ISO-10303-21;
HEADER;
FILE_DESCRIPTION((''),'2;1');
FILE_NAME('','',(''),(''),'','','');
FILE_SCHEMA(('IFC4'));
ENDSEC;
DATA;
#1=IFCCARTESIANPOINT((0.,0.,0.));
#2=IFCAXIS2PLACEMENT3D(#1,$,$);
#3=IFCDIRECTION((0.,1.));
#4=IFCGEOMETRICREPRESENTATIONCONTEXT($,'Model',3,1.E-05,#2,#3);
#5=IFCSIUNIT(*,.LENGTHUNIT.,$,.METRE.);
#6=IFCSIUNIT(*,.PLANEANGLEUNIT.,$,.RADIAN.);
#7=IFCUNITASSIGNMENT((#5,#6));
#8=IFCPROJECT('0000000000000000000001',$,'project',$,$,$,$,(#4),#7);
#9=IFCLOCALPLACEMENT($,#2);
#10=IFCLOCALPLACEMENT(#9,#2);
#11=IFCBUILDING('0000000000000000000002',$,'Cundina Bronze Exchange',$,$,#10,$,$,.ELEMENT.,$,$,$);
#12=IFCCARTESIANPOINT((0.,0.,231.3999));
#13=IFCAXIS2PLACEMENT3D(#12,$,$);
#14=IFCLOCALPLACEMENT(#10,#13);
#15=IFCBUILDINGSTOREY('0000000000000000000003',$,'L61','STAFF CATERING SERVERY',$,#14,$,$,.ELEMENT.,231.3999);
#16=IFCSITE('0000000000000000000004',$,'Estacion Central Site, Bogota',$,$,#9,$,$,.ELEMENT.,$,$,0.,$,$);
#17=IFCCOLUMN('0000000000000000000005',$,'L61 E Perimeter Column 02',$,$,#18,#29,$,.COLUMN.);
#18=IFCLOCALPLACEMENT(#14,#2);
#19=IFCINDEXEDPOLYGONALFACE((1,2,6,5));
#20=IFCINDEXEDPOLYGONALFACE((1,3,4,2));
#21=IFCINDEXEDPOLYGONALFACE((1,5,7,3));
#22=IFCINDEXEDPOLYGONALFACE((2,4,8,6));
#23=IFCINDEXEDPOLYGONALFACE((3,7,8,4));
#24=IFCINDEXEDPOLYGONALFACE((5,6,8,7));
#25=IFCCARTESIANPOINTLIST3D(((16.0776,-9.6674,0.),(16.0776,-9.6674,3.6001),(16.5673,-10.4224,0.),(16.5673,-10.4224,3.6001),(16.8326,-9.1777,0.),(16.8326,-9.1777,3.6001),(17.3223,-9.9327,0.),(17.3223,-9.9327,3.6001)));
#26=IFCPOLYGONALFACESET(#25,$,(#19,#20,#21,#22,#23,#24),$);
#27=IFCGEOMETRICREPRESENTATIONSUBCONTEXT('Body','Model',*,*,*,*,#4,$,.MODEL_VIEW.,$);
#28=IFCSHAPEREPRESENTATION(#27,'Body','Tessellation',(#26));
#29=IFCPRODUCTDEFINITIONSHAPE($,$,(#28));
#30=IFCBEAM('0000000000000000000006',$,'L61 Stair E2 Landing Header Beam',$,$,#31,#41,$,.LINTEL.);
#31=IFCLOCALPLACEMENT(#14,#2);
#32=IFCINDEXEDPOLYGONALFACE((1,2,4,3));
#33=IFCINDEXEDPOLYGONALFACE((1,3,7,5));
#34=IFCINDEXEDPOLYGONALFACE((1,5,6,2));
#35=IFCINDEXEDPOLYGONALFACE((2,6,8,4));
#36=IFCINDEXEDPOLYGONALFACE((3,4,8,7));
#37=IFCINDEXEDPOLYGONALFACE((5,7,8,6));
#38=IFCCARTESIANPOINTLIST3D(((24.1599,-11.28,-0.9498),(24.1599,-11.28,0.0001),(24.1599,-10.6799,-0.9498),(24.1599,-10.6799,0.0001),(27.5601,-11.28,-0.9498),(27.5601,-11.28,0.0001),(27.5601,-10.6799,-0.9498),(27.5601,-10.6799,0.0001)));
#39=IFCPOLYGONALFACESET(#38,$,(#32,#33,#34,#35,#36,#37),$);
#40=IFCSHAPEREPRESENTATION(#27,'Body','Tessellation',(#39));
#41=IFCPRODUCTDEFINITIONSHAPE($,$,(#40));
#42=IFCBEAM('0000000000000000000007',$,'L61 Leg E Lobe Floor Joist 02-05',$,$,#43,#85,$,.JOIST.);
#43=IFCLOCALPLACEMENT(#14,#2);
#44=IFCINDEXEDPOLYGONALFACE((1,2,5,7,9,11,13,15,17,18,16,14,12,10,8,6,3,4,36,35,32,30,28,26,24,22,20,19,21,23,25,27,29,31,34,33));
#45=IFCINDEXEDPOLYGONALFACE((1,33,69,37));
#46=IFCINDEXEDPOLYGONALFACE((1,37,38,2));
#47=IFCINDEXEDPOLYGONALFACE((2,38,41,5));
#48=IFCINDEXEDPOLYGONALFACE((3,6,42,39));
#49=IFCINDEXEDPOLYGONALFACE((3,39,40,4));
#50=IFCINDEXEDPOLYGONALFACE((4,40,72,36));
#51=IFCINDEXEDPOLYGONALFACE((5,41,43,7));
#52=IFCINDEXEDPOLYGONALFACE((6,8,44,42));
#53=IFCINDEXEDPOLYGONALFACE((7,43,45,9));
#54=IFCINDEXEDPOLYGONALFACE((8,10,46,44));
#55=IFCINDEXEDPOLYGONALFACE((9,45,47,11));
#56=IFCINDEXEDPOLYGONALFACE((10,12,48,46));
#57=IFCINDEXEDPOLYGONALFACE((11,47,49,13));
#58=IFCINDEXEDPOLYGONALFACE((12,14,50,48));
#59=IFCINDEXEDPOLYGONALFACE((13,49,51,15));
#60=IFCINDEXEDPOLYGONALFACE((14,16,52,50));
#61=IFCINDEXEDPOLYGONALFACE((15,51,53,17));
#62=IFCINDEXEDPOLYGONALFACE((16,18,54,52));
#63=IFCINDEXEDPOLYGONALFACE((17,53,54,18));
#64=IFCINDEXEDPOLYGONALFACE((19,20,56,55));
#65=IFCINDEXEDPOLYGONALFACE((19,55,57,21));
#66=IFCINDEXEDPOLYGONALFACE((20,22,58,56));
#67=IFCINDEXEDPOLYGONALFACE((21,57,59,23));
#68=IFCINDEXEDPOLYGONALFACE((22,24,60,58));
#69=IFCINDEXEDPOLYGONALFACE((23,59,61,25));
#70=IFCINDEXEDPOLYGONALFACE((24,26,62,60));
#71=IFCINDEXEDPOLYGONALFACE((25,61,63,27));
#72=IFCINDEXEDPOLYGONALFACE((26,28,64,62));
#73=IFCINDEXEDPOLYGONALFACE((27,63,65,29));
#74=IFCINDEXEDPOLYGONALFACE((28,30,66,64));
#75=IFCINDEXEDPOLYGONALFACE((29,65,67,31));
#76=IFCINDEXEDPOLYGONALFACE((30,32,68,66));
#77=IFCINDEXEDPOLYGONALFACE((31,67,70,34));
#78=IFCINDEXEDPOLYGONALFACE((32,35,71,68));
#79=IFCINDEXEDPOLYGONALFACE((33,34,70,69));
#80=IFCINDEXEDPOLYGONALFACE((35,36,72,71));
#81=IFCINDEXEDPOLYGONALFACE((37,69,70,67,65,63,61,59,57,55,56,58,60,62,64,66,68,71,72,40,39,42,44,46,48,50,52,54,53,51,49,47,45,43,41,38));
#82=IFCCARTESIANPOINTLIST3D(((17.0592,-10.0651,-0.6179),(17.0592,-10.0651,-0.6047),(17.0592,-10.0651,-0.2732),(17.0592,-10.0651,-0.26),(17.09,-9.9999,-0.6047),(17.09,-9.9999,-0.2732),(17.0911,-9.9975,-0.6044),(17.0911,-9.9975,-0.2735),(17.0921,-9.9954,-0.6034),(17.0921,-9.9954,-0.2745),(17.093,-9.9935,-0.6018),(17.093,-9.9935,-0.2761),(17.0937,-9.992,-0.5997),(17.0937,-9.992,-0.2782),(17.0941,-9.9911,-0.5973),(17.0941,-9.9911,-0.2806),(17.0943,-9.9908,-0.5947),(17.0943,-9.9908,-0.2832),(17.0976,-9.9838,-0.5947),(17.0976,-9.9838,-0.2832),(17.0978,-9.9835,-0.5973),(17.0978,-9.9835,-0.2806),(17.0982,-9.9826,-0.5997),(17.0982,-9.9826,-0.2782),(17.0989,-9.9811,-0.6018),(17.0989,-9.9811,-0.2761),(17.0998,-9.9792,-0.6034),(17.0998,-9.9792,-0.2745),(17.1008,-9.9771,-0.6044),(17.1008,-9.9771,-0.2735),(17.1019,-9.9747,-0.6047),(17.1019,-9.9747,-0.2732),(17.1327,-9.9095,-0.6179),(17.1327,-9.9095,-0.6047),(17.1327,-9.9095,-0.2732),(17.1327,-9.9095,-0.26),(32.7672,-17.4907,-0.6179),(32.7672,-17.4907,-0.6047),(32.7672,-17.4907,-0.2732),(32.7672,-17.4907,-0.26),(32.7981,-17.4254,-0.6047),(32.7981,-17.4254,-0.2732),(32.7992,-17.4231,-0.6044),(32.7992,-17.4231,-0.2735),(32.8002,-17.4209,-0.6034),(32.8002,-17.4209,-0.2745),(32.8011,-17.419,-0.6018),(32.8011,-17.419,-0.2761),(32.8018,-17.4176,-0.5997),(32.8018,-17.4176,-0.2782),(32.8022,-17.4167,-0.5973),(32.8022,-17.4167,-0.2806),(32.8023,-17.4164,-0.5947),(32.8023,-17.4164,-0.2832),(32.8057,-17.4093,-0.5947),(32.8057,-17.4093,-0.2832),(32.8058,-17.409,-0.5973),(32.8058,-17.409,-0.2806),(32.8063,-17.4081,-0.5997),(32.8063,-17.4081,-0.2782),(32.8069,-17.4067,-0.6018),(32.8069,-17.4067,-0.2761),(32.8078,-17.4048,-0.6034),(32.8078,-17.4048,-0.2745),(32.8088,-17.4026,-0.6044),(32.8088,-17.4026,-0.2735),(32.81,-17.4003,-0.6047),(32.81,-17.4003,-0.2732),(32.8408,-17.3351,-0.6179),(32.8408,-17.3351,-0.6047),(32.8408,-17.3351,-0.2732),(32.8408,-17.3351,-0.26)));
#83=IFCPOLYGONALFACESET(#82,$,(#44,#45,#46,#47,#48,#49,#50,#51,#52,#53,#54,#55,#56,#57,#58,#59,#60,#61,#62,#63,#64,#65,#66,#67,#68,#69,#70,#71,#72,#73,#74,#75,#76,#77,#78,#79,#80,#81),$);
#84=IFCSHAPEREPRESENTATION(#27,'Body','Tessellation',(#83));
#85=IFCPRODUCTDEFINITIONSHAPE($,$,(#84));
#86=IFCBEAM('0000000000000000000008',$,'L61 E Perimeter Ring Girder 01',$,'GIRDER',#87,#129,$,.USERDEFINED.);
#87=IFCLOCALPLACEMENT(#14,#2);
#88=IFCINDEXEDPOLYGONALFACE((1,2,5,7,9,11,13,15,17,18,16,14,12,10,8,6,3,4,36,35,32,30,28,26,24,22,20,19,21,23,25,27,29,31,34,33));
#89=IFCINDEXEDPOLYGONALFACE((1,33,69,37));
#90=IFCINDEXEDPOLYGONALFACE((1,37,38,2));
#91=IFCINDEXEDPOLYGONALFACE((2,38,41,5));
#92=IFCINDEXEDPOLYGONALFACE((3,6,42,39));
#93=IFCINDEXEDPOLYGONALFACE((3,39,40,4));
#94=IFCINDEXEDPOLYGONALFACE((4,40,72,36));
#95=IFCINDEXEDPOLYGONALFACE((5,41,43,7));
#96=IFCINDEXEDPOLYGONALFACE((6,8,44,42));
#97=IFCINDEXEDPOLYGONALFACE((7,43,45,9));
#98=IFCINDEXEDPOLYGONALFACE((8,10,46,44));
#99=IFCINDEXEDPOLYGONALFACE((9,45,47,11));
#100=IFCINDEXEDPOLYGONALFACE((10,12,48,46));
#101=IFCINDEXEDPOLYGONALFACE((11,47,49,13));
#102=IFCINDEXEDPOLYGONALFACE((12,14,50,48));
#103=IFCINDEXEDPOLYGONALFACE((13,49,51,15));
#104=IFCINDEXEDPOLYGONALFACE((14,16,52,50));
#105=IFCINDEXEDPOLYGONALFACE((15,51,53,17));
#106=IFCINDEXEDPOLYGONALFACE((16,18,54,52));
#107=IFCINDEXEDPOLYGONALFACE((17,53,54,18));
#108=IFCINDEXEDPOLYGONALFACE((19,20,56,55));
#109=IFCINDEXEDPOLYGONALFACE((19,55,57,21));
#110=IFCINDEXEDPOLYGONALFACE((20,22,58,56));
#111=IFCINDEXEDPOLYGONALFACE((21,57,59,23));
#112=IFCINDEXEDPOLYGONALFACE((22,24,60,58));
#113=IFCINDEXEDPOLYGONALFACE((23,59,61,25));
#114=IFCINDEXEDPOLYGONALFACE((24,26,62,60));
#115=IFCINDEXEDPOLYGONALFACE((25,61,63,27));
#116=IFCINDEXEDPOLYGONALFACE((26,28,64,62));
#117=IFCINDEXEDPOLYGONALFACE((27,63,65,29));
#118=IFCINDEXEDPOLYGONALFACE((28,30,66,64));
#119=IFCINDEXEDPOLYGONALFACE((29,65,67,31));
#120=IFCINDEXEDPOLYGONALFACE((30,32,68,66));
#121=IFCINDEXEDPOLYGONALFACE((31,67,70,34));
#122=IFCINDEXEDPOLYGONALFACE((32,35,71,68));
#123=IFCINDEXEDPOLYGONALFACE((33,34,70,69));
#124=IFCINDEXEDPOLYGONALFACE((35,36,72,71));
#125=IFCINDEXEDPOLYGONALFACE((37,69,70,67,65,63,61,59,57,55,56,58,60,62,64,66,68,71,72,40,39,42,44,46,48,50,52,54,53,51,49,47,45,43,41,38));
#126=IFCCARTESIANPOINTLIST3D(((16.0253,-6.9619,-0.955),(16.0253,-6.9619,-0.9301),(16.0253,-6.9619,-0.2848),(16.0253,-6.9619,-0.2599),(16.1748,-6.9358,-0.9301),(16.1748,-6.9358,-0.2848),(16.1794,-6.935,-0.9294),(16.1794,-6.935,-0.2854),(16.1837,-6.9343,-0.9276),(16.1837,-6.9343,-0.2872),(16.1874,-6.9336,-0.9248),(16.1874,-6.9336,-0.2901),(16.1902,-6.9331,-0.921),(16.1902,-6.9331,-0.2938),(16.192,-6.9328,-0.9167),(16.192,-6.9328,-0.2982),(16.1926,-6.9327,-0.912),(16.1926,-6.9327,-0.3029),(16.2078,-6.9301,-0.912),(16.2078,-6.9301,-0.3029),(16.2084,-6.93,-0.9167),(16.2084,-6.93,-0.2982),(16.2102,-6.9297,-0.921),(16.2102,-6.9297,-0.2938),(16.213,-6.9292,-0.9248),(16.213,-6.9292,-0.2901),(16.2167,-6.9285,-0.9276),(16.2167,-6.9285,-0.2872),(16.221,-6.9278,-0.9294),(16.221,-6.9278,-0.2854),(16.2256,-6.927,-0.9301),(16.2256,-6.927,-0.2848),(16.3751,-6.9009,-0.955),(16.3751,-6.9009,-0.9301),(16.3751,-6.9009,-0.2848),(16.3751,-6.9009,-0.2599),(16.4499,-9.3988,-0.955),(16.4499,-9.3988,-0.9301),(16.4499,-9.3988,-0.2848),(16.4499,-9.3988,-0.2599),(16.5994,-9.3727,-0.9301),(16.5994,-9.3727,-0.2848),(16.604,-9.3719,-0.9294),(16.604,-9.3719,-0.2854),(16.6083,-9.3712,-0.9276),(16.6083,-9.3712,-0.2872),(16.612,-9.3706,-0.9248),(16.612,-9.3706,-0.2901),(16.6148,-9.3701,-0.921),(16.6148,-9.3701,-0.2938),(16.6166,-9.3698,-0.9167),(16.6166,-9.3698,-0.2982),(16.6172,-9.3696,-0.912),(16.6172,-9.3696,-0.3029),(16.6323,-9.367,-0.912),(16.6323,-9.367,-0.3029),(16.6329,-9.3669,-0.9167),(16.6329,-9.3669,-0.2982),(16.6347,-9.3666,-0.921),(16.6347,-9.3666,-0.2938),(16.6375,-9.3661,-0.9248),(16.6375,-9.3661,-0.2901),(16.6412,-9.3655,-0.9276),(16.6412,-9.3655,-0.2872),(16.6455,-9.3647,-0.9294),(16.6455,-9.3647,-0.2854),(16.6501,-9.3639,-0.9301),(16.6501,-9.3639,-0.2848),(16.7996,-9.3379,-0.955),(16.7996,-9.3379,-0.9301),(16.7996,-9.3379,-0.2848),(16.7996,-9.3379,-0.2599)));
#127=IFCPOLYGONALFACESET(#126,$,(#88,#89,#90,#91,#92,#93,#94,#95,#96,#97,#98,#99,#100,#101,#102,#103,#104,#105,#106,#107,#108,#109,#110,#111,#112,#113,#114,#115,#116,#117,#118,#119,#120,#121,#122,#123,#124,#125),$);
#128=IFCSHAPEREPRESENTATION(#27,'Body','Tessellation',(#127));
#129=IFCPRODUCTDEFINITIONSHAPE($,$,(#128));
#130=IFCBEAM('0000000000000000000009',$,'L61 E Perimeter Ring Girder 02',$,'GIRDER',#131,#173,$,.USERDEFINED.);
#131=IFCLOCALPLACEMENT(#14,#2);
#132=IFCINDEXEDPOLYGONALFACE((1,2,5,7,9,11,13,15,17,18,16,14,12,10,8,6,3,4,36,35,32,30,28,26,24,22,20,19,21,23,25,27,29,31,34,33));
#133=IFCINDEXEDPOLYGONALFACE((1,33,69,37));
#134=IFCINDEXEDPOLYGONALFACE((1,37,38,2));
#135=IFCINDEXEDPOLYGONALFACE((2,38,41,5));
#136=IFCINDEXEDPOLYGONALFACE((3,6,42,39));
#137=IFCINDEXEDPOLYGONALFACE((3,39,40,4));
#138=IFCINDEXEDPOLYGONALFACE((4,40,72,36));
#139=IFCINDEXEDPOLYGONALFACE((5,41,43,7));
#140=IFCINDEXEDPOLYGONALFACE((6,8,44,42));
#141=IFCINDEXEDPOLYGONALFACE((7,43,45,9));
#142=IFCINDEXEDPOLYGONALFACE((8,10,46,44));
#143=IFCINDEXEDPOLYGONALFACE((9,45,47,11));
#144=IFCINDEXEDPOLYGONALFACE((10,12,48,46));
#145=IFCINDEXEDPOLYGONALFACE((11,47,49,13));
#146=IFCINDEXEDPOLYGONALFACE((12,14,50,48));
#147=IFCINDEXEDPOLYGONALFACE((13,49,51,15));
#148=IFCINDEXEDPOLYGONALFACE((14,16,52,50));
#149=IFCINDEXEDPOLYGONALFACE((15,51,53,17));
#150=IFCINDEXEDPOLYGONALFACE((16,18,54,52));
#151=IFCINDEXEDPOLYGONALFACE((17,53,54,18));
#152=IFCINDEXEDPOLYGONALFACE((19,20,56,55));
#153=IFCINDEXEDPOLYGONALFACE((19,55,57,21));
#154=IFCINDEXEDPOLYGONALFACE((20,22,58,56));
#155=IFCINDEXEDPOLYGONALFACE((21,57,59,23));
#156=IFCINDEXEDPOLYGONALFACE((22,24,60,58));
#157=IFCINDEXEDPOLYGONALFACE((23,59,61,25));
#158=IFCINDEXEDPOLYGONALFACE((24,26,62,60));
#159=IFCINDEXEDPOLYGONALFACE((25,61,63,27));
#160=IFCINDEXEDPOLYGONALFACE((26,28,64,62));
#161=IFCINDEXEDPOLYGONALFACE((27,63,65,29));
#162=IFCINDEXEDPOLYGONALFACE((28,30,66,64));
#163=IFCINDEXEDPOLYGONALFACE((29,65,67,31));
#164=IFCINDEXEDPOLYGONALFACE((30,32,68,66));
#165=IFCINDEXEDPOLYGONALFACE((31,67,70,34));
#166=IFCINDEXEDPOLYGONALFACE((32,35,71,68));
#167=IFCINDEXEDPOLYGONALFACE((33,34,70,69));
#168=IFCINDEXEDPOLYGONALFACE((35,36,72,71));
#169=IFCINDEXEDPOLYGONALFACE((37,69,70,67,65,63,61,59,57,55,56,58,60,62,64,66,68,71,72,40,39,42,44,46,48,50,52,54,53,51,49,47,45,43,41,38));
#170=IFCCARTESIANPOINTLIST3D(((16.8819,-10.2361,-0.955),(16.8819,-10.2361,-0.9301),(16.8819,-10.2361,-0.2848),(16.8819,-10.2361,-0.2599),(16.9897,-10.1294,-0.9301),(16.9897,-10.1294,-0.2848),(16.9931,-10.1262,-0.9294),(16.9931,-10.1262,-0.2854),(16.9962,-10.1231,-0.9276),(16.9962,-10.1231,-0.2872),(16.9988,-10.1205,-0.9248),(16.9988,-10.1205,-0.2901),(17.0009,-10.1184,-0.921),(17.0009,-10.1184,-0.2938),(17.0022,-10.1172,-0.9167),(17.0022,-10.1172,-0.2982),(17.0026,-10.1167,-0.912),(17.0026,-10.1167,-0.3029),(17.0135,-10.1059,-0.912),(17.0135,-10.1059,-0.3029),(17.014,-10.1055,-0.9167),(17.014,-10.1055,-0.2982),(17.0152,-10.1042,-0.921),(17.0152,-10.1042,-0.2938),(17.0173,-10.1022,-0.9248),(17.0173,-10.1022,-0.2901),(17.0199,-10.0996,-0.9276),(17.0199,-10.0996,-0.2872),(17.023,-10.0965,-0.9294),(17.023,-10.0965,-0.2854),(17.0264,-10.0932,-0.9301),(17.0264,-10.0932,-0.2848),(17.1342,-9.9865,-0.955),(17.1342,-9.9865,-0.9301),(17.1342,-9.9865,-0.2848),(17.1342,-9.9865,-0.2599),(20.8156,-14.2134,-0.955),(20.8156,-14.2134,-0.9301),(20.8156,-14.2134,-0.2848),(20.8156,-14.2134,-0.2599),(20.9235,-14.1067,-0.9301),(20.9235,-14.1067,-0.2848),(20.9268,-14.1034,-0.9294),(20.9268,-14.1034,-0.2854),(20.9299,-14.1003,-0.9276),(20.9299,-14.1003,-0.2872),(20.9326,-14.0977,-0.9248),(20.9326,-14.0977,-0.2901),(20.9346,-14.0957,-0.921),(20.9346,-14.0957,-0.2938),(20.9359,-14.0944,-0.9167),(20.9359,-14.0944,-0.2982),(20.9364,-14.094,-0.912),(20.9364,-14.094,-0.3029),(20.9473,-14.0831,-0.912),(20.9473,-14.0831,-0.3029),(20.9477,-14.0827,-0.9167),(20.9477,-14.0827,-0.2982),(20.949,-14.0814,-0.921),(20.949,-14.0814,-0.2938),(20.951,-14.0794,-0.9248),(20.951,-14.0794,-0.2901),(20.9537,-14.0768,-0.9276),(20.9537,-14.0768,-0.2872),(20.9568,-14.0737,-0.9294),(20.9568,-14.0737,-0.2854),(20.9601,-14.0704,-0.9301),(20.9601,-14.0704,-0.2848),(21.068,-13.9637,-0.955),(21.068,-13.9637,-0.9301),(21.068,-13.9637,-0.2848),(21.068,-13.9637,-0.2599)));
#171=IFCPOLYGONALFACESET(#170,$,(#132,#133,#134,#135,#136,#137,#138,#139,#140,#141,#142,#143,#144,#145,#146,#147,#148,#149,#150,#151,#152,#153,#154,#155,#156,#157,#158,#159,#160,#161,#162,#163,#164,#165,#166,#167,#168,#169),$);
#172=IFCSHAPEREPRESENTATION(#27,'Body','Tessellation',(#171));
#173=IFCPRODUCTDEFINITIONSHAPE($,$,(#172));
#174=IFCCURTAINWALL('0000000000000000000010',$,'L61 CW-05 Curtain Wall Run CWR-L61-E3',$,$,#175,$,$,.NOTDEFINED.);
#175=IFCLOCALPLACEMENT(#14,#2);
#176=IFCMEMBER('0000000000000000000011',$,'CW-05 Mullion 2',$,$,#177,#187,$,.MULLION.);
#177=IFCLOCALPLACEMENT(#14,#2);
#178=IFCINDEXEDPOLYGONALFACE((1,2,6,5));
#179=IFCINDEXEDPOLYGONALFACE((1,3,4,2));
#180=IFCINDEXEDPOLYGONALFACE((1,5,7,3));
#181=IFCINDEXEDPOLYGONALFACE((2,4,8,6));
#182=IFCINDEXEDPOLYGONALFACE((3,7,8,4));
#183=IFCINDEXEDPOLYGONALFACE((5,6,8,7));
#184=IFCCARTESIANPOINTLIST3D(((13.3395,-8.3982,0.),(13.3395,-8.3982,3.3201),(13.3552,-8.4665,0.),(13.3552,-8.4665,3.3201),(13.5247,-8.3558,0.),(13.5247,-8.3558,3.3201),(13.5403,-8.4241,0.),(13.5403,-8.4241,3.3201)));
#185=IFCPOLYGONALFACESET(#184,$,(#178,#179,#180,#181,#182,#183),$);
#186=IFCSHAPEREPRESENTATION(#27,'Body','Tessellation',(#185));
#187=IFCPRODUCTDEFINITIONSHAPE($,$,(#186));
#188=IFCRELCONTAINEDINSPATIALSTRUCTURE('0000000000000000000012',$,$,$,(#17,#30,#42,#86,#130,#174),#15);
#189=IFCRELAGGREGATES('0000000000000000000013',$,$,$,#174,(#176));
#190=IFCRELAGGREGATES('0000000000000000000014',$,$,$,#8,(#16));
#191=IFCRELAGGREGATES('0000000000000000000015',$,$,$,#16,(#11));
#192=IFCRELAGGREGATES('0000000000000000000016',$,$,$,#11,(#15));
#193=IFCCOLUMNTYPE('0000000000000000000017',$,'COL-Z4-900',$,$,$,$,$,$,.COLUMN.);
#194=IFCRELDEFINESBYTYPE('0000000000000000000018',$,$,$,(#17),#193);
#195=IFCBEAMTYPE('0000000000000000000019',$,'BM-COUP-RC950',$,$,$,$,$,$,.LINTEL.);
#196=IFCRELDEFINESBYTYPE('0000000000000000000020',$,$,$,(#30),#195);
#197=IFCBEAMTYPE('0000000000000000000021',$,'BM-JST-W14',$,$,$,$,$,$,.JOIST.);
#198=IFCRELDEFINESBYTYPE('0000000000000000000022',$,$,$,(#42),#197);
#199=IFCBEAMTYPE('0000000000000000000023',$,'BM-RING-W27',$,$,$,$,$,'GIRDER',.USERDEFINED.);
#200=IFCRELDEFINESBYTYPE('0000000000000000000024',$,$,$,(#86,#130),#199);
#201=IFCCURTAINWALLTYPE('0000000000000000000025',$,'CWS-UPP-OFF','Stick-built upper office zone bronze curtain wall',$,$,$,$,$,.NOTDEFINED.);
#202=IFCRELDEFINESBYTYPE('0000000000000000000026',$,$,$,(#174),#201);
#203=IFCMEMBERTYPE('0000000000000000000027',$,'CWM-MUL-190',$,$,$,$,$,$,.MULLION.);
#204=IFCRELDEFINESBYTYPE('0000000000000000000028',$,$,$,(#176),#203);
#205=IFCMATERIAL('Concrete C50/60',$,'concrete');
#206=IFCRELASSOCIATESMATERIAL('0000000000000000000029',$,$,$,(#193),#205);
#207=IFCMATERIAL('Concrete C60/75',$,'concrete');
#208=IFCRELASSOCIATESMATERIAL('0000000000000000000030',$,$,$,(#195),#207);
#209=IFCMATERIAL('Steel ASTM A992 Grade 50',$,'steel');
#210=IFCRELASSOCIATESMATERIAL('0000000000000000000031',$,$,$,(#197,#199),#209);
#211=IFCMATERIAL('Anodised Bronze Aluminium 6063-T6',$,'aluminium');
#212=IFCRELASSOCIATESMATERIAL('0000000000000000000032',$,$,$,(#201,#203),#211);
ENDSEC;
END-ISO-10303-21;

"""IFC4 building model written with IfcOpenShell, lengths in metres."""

from ifc_helpers import new_model, si_unit, direction, frame, origin, origin_2d, place, context, subcontext, project, spatial, rectangle, i_section, extrude, material, material_profile, profile_set, type_object, element, aggregate, save


model = new_model("IFC4")

# Units and contexts
model_context = context("Model", 3, precision=1e-05, world=origin(), true_north=direction((0.0, 1.0)))
body_context = subcontext(model_context, "Body", "Model", "MODEL_VIEW")
ifc_project = project(units=[si_unit("LENGTHUNIT", "METRE"), si_unit("PLANEANGLEUNIT", "RADIAN")], contexts=[model_context])

# Site, building, storey
site_placement = place(None, origin())
site = spatial("IfcSite", under=ifc_project, at=site_placement, Name="Estacion Central Site, Bogota", CompositionType="ELEMENT", RefElevation=0.0)
building_placement = place(site_placement, origin())
building = spatial("IfcBuilding", under=site, at=building_placement, Name="Cundina Bronze Exchange", CompositionType="ELEMENT")
storey_placement = place(building_placement, frame((0.0, 0.0, 231.3999)))
storey = spatial("IfcBuildingStorey", under=building, at=storey_placement, Name="L61", Description="STAFF CATERING SERVERY", CompositionType="ELEMENT", Elevation=231.3999)

# Column
ifc_material_1 = material(Name="Concrete C50/60", Category="concrete")
ifc_material_profile_1 = material_profile(ifc_material_1, rectangle(XDim=0.8999, YDim=0.8999, at=origin_2d()), Name="RC900X900", Category="concrete")
ifc_profile_set_1 = profile_set([ifc_material_profile_1], Name="Concrete C50/60")
column_type = type_object("IfcColumnType", Name="COL-Z4-900", PredefinedType="COLUMN", material=ifc_profile_set_1)
column_placement = place(storey_placement, frame((16.7, -9.8, 0.0), z_axis=(0.0, 0.0, 1.0), x_axis=(0.5442, -0.838956, 0.0)))
element("IfcColumn", 1, at=column_placement, inside=storey, type_object=column_type, Name="L61 E Perimeter Column 02", PredefinedType="COLUMN", context=body_context, shape_type="SweptSolid", body=[
    extrude(rectangle(XDim=0.8999, YDim=0.8999, at=origin_2d()), origin(), (0.0, 0.0, 1.0), 3.6001),
])

# Beams
ifc_material_2 = material(Name="Concrete C60/75", Category="concrete")
ifc_material_profile_2 = material_profile(ifc_material_2, rectangle(XDim=0.6001, YDim=0.95, at=origin_2d()), Name="RC600X950", Category="concrete")
ifc_profile_set_2 = profile_set([ifc_material_profile_2], Name="Concrete C60/75")
beam_type_1 = type_object("IfcBeamType", Name="BM-COUP-RC950", PredefinedType="LINTEL", material=ifc_profile_set_2)
beam_1_placement = place(storey_placement, frame((24.1599, -10.98, -0.4749), z_axis=(1.0, 0.0, 0.0), x_axis=(0.0, 1.0, 0.0)))
element("IfcBeam", 2, at=beam_1_placement, inside=storey, type_object=beam_type_1, Name="L61 Stair E2 Landing Header Beam", PredefinedType="LINTEL", context=body_context, shape_type="SweptSolid", body=[
    extrude(rectangle(XDim=0.6001, YDim=0.95, at=origin_2d()), origin(), (0.0, 0.0, 1.0), 3.4001),
])
ifc_material_3 = material(Name="Steel ASTM A992 Grade 50", Category="steel")
ifc_material_profile_3 = material_profile(ifc_material_3, i_section(OverallWidth=0.1721, OverallDepth=0.3579, WebThickness=0.0078, FlangeThickness=0.0132, FilletRadius=0.01, at=origin_2d()), Name="W14X38", Category="steel")
ifc_profile_set_3 = profile_set([ifc_material_profile_3], Name="Steel ASTM A992 Grade 50")
beam_type_2 = type_object("IfcBeamType", Name="BM-JST-W14", PredefinedType="JOIST", material=ifc_profile_set_3)
beam_2_placement = place(storey_placement, frame((17.0959, -9.9873, -0.439), z_axis=(0.904074, -0.427376, 0.0), x_axis=(0.427376, 0.904074, 0.0)))
element("IfcBeam", 3, at=beam_2_placement, inside=storey, type_object=beam_type_2, Name="L61 Leg E Lobe Floor Joist 02-05", PredefinedType="JOIST", context=body_context, shape_type="SweptSolid", body=[
    extrude(i_section(OverallWidth=0.1721, OverallDepth=0.3579, WebThickness=0.0078, FlangeThickness=0.0132, FilletRadius=0.01, at=origin_2d()), origin(), (0.0, 0.0, 1.0), 17.3748),
])
ifc_material_profile_4 = material_profile(ifc_material_3, i_section(OverallWidth=0.355, OverallDepth=0.6951, WebThickness=0.0154, FlangeThickness=0.0249, FilletRadius=0.0181, at=origin_2d()), Name="W27X146", Category="steel")
ifc_profile_set_4 = profile_set([ifc_material_profile_4], Name="Steel ASTM A992 Grade 50")
beam_type_3 = type_object("IfcBeamType", Name="BM-RING-W27", ElementType="GIRDER", PredefinedType="USERDEFINED", material=ifc_profile_set_4)
beam_3_placement = place(storey_placement, frame((16.2002, -6.9314, -0.6074), z_axis=(0.171629, -0.985162, 0.0), x_axis=(0.985162, 0.171629, 0.0)))
element("IfcBeam", 4, at=beam_3_placement, inside=storey, type_object=beam_type_3, Name="L61 E Perimeter Ring Girder 01", ObjectType="GIRDER", PredefinedType="USERDEFINED", context=body_context, shape_type="SweptSolid", body=[
    extrude(i_section(OverallWidth=0.355, OverallDepth=0.6951, WebThickness=0.0154, FlangeThickness=0.0249, FilletRadius=0.0181, at=origin_2d()), origin(), (0.0, 0.0, 1.0), 2.4736),
])
beam_4_placement = place(storey_placement, frame((17.0081, -10.1113, -0.6074), z_axis=(0.703212, -0.71098, 0.0), x_axis=(0.71098, 0.703212, 0.0)))
element("IfcBeam", 5, at=beam_4_placement, inside=storey, type_object=beam_type_3, Name="L61 E Perimeter Ring Girder 02", ObjectType="GIRDER", PredefinedType="USERDEFINED", context=body_context, shape_type="SweptSolid", body=[
    extrude(i_section(OverallWidth=0.355, OverallDepth=0.6951, WebThickness=0.0154, FlangeThickness=0.0249, FilletRadius=0.0181, at=origin_2d()), origin(), (0.0, 0.0, 1.0), 5.594),
])

# Curtain wall, member
ifc_material_4 = material(Name="Anodised Bronze Aluminium 6063-T6", Category="aluminium")
curtain_wall_type = type_object("IfcCurtainWallType", Name="CWS-UPP-OFF", Description="Stick-built upper office zone bronze curtain wall", PredefinedType="NOTDEFINED", material=ifc_material_4)
curtain_wall_placement = place(storey_placement, origin())
curtain_wall = element("IfcCurtainWall", 6, at=curtain_wall_placement, inside=storey, type_object=curtain_wall_type, Name="L61 CW-05 Curtain Wall Run CWR-L61-E3", PredefinedType="NOTDEFINED")
ifc_material_profile_5 = material_profile(ifc_material_4, rectangle(XDim=0.0701, YDim=0.1899, at=origin_2d()), Name="AL70X190", Category="aluminium")
ifc_profile_set_5 = profile_set([ifc_material_profile_5], Name="Anodised Bronze Aluminium 6063-T6")
member_type_1 = type_object("IfcMemberType", Name="CWM-MUL-190", PredefinedType="MULLION", material=ifc_profile_set_5)
member_1_placement = place(storey_placement, frame((13.4399, -8.4111, 0.0), z_axis=(0.0, 0.0, 1.0), x_axis=(0.22325, -0.974761, 0.0)))
member_1 = element("IfcMember", 7, at=member_1_placement, type_object=member_type_1, Name="CW-05 Mullion 2", PredefinedType="MULLION", context=body_context, shape_type="SweptSolid", body=[
    extrude(rectangle(XDim=0.0701, YDim=0.1899, at=origin_2d()), origin(), (0.0, 0.0, 1.0), 3.3201),
])
aggregate(curtain_wall, [member_1])

save(model, "model.ifc")
